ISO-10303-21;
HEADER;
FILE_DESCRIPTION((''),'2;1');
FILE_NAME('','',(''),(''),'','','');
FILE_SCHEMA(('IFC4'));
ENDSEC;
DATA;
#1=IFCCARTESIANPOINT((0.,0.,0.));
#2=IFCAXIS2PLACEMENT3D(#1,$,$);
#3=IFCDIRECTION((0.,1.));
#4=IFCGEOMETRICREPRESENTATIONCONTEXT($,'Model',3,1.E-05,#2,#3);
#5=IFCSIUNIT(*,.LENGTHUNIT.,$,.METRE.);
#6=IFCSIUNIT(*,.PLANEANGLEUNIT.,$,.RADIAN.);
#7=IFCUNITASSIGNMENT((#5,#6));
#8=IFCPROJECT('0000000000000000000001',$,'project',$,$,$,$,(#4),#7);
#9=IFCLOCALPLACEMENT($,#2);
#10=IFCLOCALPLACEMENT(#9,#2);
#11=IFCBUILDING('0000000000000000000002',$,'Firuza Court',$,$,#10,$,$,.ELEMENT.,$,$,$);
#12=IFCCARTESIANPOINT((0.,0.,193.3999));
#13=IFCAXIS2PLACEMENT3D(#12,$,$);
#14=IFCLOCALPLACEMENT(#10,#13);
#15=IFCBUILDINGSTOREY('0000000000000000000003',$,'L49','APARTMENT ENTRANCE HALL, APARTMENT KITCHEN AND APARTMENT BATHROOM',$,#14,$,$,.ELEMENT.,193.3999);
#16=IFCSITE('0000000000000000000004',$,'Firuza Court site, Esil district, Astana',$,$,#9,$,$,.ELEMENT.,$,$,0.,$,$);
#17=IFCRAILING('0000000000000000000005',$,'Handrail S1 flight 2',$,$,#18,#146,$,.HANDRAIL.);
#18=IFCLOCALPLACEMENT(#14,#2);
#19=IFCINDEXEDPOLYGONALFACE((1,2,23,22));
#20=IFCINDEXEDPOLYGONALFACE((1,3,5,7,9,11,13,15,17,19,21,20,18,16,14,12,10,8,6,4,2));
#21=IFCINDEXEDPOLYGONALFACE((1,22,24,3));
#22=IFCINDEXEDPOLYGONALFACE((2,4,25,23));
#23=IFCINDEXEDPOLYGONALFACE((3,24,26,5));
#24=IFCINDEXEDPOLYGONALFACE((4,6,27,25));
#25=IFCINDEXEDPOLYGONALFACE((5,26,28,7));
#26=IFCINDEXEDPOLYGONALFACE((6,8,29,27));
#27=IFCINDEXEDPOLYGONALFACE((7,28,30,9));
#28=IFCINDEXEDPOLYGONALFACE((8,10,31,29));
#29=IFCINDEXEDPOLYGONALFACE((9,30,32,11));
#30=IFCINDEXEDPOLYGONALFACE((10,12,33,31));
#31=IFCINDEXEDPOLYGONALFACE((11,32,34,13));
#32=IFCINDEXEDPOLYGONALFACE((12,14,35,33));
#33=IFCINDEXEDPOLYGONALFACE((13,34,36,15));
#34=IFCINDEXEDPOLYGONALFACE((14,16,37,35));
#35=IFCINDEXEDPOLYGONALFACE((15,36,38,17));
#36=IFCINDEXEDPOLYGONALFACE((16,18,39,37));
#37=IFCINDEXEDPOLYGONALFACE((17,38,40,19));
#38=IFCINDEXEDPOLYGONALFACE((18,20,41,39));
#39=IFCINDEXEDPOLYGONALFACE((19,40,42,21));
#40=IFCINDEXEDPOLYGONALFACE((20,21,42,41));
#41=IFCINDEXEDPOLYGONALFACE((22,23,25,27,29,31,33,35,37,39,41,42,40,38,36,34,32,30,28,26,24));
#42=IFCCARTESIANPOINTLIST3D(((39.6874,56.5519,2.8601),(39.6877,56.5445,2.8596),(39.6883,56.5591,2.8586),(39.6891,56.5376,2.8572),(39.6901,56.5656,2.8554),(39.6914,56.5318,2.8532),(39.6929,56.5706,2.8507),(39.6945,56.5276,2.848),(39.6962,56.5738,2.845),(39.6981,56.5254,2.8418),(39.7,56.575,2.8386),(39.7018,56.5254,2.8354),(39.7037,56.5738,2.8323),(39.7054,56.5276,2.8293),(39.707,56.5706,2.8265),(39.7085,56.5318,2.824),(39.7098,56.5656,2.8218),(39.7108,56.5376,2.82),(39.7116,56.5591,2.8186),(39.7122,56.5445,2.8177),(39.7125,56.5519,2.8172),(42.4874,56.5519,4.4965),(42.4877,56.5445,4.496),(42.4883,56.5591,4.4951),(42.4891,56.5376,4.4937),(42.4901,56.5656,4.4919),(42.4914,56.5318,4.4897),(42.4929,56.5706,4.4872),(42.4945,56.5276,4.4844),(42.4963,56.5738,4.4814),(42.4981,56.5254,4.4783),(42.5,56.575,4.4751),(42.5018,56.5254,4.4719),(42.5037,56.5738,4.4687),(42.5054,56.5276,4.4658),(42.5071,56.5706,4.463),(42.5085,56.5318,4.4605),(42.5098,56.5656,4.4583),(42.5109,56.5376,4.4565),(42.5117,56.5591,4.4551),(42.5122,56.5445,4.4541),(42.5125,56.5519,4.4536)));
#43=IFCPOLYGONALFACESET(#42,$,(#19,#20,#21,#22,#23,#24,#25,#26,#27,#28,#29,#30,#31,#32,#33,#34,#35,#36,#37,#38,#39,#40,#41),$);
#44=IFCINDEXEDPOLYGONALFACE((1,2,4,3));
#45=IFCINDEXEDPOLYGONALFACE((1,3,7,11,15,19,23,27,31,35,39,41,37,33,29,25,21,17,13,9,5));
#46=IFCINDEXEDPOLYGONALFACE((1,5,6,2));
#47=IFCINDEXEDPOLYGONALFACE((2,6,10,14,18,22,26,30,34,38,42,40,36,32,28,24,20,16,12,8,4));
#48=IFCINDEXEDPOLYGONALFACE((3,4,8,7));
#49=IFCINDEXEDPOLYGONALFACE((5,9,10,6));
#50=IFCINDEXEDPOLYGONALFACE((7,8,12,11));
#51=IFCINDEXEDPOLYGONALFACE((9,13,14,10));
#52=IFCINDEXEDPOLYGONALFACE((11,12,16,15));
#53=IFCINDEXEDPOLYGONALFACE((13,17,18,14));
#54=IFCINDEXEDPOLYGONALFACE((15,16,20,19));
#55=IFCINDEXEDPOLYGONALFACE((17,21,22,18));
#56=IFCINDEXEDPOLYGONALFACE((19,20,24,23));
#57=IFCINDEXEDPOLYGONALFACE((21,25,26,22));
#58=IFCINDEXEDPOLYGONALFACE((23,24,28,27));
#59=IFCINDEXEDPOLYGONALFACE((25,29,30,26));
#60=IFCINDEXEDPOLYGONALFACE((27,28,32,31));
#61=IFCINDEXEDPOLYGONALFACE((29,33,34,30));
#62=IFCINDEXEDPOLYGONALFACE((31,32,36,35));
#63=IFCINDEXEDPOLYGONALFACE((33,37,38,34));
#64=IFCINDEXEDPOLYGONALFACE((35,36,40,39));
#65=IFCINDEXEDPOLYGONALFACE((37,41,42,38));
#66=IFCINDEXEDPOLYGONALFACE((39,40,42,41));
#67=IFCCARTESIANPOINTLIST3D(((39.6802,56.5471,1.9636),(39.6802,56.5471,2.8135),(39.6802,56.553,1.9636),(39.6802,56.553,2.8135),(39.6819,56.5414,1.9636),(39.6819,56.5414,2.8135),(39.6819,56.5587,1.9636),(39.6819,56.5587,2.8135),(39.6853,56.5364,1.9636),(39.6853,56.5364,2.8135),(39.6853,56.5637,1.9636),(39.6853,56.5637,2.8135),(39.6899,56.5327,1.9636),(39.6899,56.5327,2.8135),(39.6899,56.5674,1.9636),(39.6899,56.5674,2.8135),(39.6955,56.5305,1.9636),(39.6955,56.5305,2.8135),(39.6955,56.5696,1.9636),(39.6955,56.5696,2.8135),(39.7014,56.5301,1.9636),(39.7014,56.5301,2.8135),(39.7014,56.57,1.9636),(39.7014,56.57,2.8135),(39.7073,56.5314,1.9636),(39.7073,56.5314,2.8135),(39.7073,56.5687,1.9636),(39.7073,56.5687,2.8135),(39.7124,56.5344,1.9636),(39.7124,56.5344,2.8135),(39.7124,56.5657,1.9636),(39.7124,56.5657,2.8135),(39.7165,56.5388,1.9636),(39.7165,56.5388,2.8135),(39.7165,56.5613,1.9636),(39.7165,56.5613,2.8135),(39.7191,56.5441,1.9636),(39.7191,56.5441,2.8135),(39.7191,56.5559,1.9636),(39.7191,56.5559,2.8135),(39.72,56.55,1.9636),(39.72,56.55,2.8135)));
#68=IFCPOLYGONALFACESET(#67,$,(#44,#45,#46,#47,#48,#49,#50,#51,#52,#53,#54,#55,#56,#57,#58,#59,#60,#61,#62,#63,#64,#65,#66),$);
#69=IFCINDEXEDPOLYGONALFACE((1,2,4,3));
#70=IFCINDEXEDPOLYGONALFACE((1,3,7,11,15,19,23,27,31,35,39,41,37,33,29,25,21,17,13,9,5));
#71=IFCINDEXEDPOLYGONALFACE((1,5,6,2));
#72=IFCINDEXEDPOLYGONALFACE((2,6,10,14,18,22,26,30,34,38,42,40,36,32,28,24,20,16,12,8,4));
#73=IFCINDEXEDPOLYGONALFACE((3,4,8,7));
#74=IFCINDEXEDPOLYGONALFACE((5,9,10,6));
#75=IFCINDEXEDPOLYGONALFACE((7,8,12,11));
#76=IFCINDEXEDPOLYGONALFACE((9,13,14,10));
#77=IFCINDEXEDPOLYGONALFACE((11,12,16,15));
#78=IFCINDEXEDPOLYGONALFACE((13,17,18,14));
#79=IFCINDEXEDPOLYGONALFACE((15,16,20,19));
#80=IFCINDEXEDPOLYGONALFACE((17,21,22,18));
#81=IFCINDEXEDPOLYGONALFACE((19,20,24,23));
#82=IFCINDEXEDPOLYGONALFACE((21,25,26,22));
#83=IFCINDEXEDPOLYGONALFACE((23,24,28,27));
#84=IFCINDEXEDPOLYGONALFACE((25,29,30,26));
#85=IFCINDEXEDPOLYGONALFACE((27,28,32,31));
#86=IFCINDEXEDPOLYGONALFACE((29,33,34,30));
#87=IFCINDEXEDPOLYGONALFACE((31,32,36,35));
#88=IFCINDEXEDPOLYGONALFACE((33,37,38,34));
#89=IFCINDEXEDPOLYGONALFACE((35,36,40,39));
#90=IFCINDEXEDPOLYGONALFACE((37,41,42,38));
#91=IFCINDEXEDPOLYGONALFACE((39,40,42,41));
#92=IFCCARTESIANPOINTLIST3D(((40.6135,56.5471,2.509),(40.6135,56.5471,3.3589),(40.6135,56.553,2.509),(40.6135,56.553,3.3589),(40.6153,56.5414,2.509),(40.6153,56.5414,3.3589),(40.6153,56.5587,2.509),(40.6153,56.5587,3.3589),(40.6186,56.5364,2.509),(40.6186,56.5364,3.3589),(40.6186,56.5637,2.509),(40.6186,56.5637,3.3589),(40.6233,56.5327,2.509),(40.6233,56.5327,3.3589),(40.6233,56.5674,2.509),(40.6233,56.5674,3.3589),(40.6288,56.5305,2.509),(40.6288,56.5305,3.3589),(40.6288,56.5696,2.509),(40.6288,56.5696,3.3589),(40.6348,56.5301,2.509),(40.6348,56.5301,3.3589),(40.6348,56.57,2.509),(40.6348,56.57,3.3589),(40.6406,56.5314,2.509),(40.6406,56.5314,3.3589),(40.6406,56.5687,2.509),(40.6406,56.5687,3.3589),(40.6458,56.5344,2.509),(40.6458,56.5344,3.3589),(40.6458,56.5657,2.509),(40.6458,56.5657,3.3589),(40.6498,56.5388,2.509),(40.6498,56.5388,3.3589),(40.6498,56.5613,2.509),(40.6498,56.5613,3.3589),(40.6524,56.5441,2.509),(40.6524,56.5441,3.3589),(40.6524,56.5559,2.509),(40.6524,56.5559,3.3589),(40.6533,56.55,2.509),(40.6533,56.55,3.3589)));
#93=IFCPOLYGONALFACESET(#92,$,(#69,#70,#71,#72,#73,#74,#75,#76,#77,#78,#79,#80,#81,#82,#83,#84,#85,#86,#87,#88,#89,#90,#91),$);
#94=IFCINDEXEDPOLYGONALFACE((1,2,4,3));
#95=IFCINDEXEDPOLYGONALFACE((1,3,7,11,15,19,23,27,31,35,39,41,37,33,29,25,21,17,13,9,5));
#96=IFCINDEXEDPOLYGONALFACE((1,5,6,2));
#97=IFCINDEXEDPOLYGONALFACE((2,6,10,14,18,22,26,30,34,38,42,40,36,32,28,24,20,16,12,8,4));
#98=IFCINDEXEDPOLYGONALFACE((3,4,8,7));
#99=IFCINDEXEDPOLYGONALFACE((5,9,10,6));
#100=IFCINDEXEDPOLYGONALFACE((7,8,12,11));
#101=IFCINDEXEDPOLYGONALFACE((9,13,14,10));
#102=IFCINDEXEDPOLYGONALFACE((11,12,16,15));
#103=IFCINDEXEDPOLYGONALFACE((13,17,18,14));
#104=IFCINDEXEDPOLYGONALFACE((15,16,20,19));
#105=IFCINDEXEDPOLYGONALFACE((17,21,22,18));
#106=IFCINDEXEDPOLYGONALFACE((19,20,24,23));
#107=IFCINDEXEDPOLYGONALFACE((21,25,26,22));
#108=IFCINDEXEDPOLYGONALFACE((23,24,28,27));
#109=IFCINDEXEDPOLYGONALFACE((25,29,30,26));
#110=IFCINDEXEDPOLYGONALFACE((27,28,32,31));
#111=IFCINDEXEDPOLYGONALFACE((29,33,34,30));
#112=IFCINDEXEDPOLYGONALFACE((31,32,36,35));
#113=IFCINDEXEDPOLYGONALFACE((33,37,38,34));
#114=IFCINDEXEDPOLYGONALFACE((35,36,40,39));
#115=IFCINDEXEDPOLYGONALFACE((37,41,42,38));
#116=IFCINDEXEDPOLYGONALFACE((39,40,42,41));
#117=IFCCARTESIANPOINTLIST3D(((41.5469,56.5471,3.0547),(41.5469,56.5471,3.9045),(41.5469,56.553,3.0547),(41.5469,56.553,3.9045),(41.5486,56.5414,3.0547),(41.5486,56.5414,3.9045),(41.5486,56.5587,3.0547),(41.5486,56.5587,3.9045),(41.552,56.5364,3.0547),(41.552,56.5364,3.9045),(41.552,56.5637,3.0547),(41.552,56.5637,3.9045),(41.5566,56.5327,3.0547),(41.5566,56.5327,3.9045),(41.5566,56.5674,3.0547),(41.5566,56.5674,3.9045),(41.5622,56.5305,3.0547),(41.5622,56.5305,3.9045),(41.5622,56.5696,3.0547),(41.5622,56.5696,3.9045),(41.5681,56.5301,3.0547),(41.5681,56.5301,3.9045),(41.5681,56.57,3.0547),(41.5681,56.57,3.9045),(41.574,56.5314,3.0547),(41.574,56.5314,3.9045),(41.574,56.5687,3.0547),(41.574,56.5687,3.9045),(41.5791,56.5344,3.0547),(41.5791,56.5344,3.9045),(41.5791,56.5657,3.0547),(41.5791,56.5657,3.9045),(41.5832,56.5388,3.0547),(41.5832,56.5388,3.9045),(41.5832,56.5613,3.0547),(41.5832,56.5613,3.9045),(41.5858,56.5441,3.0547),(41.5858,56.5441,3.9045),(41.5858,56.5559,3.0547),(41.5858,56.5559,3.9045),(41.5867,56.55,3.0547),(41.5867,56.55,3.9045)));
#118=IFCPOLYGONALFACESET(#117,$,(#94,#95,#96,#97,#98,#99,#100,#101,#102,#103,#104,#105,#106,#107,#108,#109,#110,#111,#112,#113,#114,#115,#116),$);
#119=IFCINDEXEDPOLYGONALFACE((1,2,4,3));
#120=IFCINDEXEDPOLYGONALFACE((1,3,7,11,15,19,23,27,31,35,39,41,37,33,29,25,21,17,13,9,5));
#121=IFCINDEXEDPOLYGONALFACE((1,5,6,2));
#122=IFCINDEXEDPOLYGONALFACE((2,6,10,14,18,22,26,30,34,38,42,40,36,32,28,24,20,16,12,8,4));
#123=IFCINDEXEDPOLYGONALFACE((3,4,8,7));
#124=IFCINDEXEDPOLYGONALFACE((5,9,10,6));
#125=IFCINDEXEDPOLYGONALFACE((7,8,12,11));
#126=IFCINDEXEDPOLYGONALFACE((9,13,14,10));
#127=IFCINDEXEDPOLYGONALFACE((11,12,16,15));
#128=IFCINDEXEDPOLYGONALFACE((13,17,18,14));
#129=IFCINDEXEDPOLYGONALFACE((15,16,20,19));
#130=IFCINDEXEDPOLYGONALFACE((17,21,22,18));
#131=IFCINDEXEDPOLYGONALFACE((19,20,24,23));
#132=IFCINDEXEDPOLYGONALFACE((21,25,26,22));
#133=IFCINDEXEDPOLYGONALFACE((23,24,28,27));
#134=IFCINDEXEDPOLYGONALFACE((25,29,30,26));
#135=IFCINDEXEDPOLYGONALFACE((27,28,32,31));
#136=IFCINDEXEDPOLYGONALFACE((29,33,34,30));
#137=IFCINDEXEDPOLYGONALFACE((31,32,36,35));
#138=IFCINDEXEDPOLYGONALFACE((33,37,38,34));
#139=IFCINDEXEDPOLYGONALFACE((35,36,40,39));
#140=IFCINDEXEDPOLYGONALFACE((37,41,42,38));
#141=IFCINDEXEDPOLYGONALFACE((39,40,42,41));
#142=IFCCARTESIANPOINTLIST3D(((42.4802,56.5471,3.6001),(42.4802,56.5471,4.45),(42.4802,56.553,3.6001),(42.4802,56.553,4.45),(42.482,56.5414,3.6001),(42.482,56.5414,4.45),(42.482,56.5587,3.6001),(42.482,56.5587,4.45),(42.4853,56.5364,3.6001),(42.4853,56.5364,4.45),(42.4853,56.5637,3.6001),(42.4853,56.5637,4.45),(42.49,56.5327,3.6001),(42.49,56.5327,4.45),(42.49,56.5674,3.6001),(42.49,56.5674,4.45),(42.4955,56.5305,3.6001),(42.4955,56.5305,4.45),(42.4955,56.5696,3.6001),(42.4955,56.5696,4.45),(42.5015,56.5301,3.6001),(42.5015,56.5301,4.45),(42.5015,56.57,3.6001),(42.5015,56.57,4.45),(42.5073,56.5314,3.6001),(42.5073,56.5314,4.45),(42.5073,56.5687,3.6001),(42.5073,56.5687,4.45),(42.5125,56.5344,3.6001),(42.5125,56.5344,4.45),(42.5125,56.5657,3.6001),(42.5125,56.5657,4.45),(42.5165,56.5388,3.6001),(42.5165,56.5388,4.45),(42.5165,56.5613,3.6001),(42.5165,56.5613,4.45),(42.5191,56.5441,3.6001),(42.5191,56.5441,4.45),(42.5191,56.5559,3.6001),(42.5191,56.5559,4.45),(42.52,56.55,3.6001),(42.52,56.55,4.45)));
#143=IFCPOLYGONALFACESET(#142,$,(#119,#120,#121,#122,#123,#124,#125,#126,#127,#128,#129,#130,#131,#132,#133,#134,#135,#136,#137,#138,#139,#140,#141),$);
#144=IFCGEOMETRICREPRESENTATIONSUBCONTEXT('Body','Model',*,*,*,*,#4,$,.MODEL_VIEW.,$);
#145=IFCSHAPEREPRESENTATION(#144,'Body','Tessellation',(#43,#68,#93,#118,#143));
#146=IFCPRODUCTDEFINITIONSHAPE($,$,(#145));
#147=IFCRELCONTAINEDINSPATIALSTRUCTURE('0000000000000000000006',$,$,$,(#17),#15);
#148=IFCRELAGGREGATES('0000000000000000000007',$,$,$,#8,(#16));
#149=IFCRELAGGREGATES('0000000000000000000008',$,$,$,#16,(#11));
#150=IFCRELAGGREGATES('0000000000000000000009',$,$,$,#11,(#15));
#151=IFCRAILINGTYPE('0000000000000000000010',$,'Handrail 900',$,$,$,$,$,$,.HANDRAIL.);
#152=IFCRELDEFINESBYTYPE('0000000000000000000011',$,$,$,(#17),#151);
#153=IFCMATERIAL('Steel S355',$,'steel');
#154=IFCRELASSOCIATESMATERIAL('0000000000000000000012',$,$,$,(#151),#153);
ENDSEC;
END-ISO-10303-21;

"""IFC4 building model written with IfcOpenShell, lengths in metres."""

from ifc_helpers import new_model, si_unit, direction, frame, origin, origin_2d, place, context, subcontext, project, spatial, circle, extrude, material, type_object, element, save


model = new_model("IFC4")

# Units and contexts
model_context = context("Model", 3, precision=1e-05, world=origin(), true_north=direction((0.0, 1.0)))
body_context = subcontext(model_context, "Body", "Model", "MODEL_VIEW")
ifc_project = project(units=[si_unit("LENGTHUNIT", "METRE"), si_unit("PLANEANGLEUNIT", "RADIAN")], contexts=[model_context])

# Site, building, storey
site_placement = place(None, origin())
site = spatial("IfcSite", under=ifc_project, at=site_placement, Name="Firuza Court site, Esil district, Astana", CompositionType="ELEMENT", RefElevation=0.0)
building_placement = place(site_placement, origin())
building = spatial("IfcBuilding", under=site, at=building_placement, Name="Firuza Court", CompositionType="ELEMENT")
storey_placement = place(building_placement, frame((0.0, 0.0, 193.3999)))
storey = spatial("IfcBuildingStorey", under=building, at=storey_placement, Name="L49", Description="APARTMENT ENTRANCE HALL, APARTMENT KITCHEN AND APARTMENT BATHROOM", CompositionType="ELEMENT", Elevation=193.3999)

# Railing
ifc_material_1 = material(Name="Steel S355", Category="steel")
railing_type_1 = type_object("IfcRailingType", Name="Handrail 900", PredefinedType="HANDRAIL", material=ifc_material_1)
railing_1_placement = place(storey_placement, frame((39.7, 56.55, 1.9636)))
element("IfcRailing", 1, at=railing_1_placement, inside=storey, type_object=railing_type_1, Name="Handrail S1 flight 2", PredefinedType="HANDRAIL", context=body_context, shape_type="SweptSolid", body=[
    extrude(circle(Radius=0.0249, at=origin_2d()), frame((0.0, 0.0, 0.875), z_axis=(0.863361, 0.0, 0.504587), x_axis=(0.0, 1.0, 0.0)), (0.0, 0.0, 1.0), 3.2432),
    extrude(circle(Radius=0.02, at=origin_2d()), origin(), (0.0, 0.0, 1.0), 0.8499),
    extrude(circle(Radius=0.02, at=origin_2d()), frame((0.9333, 0.0, 0.5454)), (0.0, 0.0, 1.0), 0.8499),
    extrude(circle(Radius=0.02, at=origin_2d()), frame((1.8667, 0.0, 1.0911)), (0.0, 0.0, 1.0), 0.8499),
    extrude(circle(Radius=0.02, at=origin_2d()), frame((2.8, 0.0, 1.6365)), (0.0, 0.0, 1.0), 0.8499),
])

save(model, "model.ifc")
